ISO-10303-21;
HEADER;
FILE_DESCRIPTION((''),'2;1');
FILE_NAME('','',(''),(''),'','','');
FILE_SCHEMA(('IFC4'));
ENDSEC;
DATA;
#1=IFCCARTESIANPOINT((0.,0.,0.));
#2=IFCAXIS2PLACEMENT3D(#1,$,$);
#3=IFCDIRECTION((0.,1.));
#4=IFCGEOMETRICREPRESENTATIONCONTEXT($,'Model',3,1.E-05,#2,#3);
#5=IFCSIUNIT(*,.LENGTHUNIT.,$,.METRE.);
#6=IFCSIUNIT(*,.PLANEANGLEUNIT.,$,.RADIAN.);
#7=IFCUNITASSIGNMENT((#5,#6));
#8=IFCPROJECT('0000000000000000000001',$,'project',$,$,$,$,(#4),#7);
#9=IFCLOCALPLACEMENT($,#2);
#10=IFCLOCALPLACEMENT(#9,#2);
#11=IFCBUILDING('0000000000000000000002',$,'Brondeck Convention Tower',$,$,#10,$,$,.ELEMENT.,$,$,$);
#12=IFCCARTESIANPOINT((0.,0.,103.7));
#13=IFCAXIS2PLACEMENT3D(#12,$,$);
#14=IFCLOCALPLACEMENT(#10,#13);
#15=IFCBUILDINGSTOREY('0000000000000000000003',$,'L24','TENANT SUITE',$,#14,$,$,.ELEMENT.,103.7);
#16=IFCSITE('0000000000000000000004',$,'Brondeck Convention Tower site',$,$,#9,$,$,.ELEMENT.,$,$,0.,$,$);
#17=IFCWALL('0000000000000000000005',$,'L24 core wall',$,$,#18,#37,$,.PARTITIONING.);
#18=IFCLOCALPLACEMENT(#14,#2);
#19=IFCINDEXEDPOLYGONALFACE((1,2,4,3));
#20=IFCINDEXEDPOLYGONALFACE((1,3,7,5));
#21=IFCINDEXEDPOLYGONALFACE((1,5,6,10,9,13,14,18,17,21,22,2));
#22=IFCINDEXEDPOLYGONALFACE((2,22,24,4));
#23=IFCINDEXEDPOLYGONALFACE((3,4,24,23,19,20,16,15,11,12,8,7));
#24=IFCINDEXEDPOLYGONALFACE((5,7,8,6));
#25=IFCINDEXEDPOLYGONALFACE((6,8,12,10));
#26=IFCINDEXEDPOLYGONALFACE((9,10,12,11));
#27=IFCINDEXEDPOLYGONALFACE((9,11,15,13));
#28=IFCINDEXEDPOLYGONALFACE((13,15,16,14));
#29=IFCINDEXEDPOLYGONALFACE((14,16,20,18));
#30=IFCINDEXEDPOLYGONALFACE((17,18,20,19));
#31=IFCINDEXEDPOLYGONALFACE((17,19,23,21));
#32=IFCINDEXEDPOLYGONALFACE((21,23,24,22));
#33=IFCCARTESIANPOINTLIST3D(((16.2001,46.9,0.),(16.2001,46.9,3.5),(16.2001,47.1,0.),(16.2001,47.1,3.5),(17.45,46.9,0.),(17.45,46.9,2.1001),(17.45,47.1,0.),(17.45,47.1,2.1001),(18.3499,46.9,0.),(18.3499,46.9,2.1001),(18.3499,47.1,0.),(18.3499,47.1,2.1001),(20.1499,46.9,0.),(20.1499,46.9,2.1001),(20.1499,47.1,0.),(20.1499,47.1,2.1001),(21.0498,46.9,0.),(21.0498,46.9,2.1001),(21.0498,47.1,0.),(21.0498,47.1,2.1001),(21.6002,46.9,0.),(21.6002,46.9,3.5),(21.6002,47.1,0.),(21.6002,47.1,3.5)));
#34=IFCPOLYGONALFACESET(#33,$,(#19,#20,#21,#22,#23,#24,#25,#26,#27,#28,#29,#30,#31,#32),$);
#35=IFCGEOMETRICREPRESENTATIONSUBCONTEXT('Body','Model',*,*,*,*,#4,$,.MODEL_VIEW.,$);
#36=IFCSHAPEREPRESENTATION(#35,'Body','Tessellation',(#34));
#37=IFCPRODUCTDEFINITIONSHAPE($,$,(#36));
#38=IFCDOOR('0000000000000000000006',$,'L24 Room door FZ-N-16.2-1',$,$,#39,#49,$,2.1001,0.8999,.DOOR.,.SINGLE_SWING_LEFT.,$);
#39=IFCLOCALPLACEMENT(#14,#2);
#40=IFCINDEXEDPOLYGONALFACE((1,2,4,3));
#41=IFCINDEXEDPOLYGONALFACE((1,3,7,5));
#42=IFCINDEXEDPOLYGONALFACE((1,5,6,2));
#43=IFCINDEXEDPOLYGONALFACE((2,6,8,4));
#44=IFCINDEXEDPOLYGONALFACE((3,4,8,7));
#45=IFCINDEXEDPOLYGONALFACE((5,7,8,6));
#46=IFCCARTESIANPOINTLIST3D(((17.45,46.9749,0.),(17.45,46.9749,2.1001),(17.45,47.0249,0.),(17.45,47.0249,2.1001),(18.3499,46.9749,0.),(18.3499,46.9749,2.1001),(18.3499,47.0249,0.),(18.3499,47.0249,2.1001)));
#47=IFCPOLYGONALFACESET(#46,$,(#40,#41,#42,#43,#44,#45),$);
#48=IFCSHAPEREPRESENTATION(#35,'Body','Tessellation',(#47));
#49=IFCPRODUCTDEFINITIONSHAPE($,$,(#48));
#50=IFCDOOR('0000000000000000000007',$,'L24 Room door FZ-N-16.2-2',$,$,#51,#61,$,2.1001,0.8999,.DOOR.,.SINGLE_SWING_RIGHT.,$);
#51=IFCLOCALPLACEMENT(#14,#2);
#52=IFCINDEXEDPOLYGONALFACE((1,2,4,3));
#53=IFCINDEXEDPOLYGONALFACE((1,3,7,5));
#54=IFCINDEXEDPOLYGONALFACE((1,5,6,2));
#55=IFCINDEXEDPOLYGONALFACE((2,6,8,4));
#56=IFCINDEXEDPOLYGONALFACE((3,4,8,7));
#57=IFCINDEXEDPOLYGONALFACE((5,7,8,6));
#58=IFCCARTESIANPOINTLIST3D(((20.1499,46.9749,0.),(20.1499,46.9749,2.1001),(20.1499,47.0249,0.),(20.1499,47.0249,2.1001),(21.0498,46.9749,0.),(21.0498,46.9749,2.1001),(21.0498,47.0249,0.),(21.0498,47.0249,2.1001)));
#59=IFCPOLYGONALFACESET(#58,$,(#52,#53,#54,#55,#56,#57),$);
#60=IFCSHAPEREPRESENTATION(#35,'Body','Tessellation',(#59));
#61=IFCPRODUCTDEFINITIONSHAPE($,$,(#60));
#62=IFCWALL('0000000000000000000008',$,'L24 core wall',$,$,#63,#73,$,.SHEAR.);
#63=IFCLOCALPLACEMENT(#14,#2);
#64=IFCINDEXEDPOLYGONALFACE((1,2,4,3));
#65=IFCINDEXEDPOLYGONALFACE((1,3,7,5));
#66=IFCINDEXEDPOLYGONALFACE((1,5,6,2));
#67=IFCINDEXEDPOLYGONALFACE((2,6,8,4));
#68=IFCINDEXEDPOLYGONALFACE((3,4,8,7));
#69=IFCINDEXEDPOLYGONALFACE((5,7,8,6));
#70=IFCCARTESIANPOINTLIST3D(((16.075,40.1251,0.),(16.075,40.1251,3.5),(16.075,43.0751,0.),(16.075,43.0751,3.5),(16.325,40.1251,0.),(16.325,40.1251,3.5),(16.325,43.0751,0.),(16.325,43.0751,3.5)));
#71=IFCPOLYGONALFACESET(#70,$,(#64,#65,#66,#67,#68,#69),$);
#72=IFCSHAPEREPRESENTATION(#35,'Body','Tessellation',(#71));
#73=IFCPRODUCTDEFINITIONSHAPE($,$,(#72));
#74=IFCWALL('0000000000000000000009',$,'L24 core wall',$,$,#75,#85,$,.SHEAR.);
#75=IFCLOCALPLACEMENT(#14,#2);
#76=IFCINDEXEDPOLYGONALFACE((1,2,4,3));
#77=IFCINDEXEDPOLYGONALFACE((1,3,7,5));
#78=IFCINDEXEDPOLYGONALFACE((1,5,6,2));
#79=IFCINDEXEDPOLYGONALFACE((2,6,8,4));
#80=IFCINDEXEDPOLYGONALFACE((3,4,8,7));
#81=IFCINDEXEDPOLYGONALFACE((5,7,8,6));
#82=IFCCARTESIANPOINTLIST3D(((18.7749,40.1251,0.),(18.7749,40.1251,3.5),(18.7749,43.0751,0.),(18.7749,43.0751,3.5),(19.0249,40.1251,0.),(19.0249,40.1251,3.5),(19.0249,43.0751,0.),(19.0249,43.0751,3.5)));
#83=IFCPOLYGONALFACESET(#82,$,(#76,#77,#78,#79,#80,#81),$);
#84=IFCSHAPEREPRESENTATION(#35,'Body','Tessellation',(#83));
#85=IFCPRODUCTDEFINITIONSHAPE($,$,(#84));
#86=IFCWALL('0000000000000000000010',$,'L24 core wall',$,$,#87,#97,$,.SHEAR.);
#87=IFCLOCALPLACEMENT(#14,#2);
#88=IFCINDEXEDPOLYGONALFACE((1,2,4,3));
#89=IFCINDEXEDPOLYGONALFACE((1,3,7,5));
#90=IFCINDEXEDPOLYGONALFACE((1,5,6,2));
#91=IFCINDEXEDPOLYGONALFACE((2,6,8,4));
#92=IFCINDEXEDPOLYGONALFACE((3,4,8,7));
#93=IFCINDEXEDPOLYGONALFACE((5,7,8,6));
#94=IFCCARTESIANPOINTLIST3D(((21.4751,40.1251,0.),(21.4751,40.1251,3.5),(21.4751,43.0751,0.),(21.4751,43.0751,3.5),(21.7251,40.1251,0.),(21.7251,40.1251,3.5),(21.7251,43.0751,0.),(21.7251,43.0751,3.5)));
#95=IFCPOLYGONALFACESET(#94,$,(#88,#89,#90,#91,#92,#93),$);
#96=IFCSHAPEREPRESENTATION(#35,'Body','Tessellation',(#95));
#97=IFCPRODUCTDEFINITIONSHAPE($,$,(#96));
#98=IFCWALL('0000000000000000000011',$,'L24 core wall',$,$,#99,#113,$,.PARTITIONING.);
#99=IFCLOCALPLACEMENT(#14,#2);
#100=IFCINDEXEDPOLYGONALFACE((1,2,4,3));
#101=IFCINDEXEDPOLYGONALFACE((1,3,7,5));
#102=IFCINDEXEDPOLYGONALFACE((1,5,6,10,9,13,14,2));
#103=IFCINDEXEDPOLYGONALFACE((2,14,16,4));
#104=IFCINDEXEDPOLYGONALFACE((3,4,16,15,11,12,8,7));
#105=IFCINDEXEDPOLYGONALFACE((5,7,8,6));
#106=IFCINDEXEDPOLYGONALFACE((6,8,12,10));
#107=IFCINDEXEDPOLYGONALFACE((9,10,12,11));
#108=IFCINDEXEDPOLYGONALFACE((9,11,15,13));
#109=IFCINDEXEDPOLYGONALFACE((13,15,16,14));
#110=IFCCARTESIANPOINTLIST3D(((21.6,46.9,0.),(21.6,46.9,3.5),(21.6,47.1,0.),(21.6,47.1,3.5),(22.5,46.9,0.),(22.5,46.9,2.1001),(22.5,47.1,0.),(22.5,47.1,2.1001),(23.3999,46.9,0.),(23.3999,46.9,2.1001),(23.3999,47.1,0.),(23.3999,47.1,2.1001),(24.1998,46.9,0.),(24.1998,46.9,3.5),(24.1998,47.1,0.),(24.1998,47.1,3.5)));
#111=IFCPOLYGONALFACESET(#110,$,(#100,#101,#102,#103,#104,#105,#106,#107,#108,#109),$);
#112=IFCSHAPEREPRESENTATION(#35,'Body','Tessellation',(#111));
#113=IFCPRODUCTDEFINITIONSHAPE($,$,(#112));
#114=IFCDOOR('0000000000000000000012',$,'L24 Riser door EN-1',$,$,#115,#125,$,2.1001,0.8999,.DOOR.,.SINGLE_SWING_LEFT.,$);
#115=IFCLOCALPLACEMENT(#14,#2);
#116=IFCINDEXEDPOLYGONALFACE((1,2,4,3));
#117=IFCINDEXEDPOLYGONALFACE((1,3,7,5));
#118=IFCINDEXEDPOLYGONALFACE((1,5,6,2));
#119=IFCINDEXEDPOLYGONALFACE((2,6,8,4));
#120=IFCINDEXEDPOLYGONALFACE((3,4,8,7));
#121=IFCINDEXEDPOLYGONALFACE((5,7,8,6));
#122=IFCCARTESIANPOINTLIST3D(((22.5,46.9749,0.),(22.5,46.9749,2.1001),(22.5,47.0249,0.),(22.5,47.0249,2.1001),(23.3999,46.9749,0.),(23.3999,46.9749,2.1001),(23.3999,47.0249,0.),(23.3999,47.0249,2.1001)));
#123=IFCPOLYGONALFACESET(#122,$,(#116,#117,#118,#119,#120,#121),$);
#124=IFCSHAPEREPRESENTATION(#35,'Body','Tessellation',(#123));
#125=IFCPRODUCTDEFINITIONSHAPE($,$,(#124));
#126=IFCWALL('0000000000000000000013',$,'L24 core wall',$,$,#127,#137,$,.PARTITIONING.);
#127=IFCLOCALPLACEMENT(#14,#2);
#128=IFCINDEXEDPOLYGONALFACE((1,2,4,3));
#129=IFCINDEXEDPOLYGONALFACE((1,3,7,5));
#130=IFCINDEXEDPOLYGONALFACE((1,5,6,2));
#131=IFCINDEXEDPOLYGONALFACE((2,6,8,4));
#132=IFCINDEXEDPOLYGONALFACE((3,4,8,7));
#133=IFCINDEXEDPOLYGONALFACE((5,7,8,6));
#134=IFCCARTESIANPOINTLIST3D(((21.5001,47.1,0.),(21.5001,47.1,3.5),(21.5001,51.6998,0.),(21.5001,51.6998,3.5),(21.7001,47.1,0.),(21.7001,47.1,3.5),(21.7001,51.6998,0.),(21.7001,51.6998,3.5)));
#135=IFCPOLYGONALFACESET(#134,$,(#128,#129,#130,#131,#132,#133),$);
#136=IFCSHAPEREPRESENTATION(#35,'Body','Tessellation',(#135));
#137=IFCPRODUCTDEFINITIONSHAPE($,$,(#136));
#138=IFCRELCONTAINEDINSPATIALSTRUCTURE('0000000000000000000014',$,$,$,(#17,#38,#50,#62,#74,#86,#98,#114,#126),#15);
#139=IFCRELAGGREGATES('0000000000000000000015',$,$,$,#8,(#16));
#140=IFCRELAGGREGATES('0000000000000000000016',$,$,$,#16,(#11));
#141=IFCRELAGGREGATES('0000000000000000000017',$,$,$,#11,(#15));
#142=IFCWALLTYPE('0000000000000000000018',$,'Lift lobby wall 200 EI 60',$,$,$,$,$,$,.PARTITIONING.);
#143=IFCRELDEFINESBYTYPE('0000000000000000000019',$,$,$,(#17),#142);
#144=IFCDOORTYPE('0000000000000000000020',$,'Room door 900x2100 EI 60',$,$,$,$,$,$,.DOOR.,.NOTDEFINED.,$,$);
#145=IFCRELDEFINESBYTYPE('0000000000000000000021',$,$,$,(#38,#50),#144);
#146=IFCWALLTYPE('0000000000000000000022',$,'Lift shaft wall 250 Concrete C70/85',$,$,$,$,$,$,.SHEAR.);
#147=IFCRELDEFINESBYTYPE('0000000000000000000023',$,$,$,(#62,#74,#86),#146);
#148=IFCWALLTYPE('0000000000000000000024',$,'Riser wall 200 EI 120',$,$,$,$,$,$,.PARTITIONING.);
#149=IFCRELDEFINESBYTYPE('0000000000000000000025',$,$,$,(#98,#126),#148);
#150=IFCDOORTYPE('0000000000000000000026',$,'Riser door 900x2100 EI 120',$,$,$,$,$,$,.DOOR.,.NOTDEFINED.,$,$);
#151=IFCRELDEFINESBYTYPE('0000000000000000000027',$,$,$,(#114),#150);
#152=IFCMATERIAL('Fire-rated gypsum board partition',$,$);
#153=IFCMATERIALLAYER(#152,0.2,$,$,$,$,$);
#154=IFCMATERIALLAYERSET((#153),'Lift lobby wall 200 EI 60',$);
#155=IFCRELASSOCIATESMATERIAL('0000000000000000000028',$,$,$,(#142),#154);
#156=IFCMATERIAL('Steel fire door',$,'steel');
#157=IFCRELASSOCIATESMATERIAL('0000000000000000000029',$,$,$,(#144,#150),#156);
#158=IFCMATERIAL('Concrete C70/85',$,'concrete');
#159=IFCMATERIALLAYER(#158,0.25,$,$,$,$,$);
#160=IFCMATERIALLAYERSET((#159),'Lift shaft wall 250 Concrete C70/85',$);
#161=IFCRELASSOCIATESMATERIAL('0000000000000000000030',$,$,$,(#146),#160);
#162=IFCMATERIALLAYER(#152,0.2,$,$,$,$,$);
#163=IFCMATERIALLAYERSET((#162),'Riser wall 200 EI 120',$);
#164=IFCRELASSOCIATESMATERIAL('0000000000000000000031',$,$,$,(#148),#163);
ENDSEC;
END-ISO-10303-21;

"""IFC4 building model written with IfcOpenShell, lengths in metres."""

from ifc_helpers import new_model, si_unit, direction, frame, frame_2d, origin, place, context, subcontext, project, spatial, rectangle, extrude, material, layer, layer_set, type_object, element, fill, save


model = new_model("IFC4")

# Units and contexts
model_context = context("Model", 3, precision=1e-05, world=origin(), true_north=direction((0.0, 1.0)))
body_context = subcontext(model_context, "Body", "Model", "MODEL_VIEW")
ifc_project = project(units=[si_unit("LENGTHUNIT", "METRE"), si_unit("PLANEANGLEUNIT", "RADIAN")], contexts=[model_context])

# Site, building, storey
site_placement = place(None, origin())
site = spatial("IfcSite", under=ifc_project, at=site_placement, Name="Brondeck Convention Tower site", CompositionType="ELEMENT", RefElevation=0.0)
building_placement = place(site_placement, origin())
building = spatial("IfcBuilding", under=site, at=building_placement, Name="Brondeck Convention Tower", CompositionType="ELEMENT")
storey_placement = place(building_placement, frame((0.0, 0.0, 103.7)))
storey = spatial("IfcBuildingStorey", under=building, at=storey_placement, Name="L24", Description="TENANT SUITE", CompositionType="ELEMENT", Elevation=103.7)

# Shared definitions
ifc_material_1 = material(Name="Fire-rated gypsum board partition")

# Shared definitions
ifc_layer_1 = layer(ifc_material_1, 0.2)
ifc_layer_set_1 = layer_set([ifc_layer_1], Name="Lift lobby wall 200 EI 60")
wall_type_1 = type_object("IfcWallType", Name="Lift lobby wall 200 EI 60", PredefinedType="PARTITIONING", material=ifc_layer_set_1)
ifc_material_2 = material(Name="Steel fire door", Category="steel")
door_type_1 = type_object("IfcDoorType", Name="Room door 900x2100 EI 60", OperationType="NOTDEFINED", PredefinedType="DOOR", material=ifc_material_2)

# Wall, openings, doors
wall_1_placement = place(storey_placement, frame((16.2, 47.0, 0.0), z_axis=(0.0, 0.0, 1.0), x_axis=(1.0, 0.0, 0.0)))
wall_1 = element("IfcWall", 1, at=wall_1_placement, inside=storey, type_object=wall_type_1, Name="L24 core wall", PredefinedType="PARTITIONING", context=body_context, shape_type="SweptSolid", body=[
    extrude(rectangle(XDim=5.4001, YDim=0.2, at=frame_2d((2.7002, 0.0))), origin(), (0.0, 0.0, 1.0), 3.5),
])
opening_1_placement = place(wall_1_placement, frame((1.25, 0.0, 0.0)))
opening_1 = element("IfcOpeningElement", 2, at=opening_1_placement, cuts=wall_1, PredefinedType="OPENING", context=body_context, shape_type="SweptSolid", body=[
    extrude(rectangle(XDim=0.8999, YDim=2.1001, at=frame_2d((0.45, 1.05))), frame((0.0, 0.1099, 0.0), z_axis=(0.0, -1.0, 0.0), x_axis=(1.0, 0.0, 0.0)), (0.0, 0.0, 1.0), 0.22),
])
opening_2_placement = place(wall_1_placement, frame((3.95, 0.0, 0.0)))
opening_2 = element("IfcOpeningElement", 3, at=opening_2_placement, cuts=wall_1, PredefinedType="OPENING", context=body_context, shape_type="SweptSolid", body=[
    extrude(rectangle(XDim=0.8999, YDim=2.1001, at=frame_2d((0.45, 1.05))), frame((0.0, 0.1099, 0.0), z_axis=(0.0, -1.0, 0.0), x_axis=(1.0, 0.0, 0.0)), (0.0, 0.0, 1.0), 0.22),
])
door_1_placement = place(opening_1_placement, origin())
door_1 = element("IfcDoor", 4, at=door_1_placement, inside=storey, type_object=door_type_1, Name="L24 Room door FZ-N-16.2-1", OperationType="SINGLE_SWING_LEFT", OverallHeight=2.1001, OverallWidth=0.8999, PredefinedType="DOOR", context=body_context, shape_type="SweptSolid", body=[
    extrude(rectangle(XDim=0.8999, YDim=2.1001, at=frame_2d((0.45, 1.05))), frame((0.0, 0.0249, 0.0), z_axis=(0.0, -1.0, 0.0), x_axis=(1.0, 0.0, 0.0)), (0.0, 0.0, 1.0), 0.05),
])
fill(opening_1, door_1)
door_2_placement = place(opening_2_placement, origin())
door_2 = element("IfcDoor", 5, at=door_2_placement, inside=storey, type_object=door_type_1, Name="L24 Room door FZ-N-16.2-2", OperationType="SINGLE_SWING_RIGHT", OverallHeight=2.1001, OverallWidth=0.8999, PredefinedType="DOOR", context=body_context, shape_type="SweptSolid", body=[
    extrude(rectangle(XDim=0.8999, YDim=2.1001, at=frame_2d((0.45, 1.05))), frame((0.0, 0.0249, 0.0), z_axis=(0.0, -1.0, 0.0), x_axis=(1.0, 0.0, 0.0)), (0.0, 0.0, 1.0), 0.05),
])
fill(opening_2, door_2)

# Walls
ifc_material_3 = material(Name="Concrete C70/85", Category="concrete")
ifc_layer_2 = layer(ifc_material_3, 0.25)
ifc_layer_set_2 = layer_set([ifc_layer_2], Name="Lift shaft wall 250 Concrete C70/85")
wall_type_2 = type_object("IfcWallType", Name="Lift shaft wall 250 Concrete C70/85", PredefinedType="SHEAR", material=ifc_layer_set_2)
for number, where, z_axis, x_axis, name in (
    (6, (16.2, 40.125, 0.0), (0.0, 0.0, 1.0), (0.0, 1.0, 0.0), "L24 core wall"),
    (7, (18.8999, 40.125, 0.0), (0.0, 0.0, 1.0), (0.0, 1.0, 0.0), "L24 core wall"),
    (8, (21.6001, 40.125, 0.0), (0.0, 0.0, 1.0), (0.0, 1.0, 0.0), "L24 core wall"),
):
    element("IfcWall", number, at=place(storey_placement, frame(where, z_axis=z_axis, x_axis=x_axis)), inside=storey, type_object=wall_type_2, Name=name, PredefinedType="SHEAR", context=body_context, shape_type="SweptSolid", body=[
        extrude(rectangle(XDim=2.95, YDim=0.25, at=frame_2d((1.4751, 0.0))), origin(), (0.0, 0.0, 1.0), 3.5),
    ])

# Wall, opening, door
ifc_layer_3 = layer(ifc_material_1, 0.2)
ifc_layer_set_3 = layer_set([ifc_layer_3], Name="Riser wall 200 EI 120")
wall_type_3 = type_object("IfcWallType", Name="Riser wall 200 EI 120", PredefinedType="PARTITIONING", material=ifc_layer_set_3)
wall_2_placement = place(storey_placement, frame((21.6001, 47.0, 0.0), z_axis=(0.0, 0.0, 1.0), x_axis=(1.0, 0.0, 0.0)))
wall_2 = element("IfcWall", 9, at=wall_2_placement, inside=storey, type_object=wall_type_3, Name="L24 core wall", PredefinedType="PARTITIONING", context=body_context, shape_type="SweptSolid", body=[
    extrude(rectangle(XDim=2.5999, YDim=0.2, at=frame_2d((1.2998, 0.0))), origin(), (0.0, 0.0, 1.0), 3.5),
])
opening_3_placement = place(wall_2_placement, frame((0.8999, 0.0, 0.0)))
opening_3 = element("IfcOpeningElement", 10, at=opening_3_placement, cuts=wall_2, PredefinedType="OPENING", context=body_context, shape_type="SweptSolid", body=[
    extrude(rectangle(XDim=0.8999, YDim=2.1001, at=frame_2d((0.45, 1.05))), frame((0.0, 0.1099, 0.0), z_axis=(0.0, -1.0, 0.0), x_axis=(1.0, 0.0, 0.0)), (0.0, 0.0, 1.0), 0.22),
])
door_type_2 = type_object("IfcDoorType", Name="Riser door 900x2100 EI 120", OperationType="NOTDEFINED", PredefinedType="DOOR", material=ifc_material_2)
door_3_placement = place(opening_3_placement, origin())
door_3 = element("IfcDoor", 11, at=door_3_placement, inside=storey, type_object=door_type_2, Name="L24 Riser door EN-1", OperationType="SINGLE_SWING_LEFT", OverallHeight=2.1001, OverallWidth=0.8999, PredefinedType="DOOR", context=body_context, shape_type="SweptSolid", body=[
    extrude(rectangle(XDim=0.8999, YDim=2.1001, at=frame_2d((0.45, 1.05))), frame((0.0, 0.0249, 0.0), z_axis=(0.0, -1.0, 0.0), x_axis=(1.0, 0.0, 0.0)), (0.0, 0.0, 1.0), 0.05),
])
fill(opening_3, door_3)

# Wall
wall_3_placement = place(storey_placement, frame((21.6001, 47.1001, 0.0), z_axis=(0.0, 0.0, 1.0), x_axis=(0.0, 1.0, 0.0)))
element("IfcWall", 12, at=wall_3_placement, inside=storey, type_object=wall_type_3, Name="L24 core wall", PredefinedType="PARTITIONING", context=body_context, shape_type="SweptSolid", body=[
    extrude(rectangle(XDim=4.5999, YDim=0.2, at=frame_2d((2.2998, 0.0))), origin(), (0.0, 0.0, 1.0), 3.5),
])

save(model, "model.ifc")
